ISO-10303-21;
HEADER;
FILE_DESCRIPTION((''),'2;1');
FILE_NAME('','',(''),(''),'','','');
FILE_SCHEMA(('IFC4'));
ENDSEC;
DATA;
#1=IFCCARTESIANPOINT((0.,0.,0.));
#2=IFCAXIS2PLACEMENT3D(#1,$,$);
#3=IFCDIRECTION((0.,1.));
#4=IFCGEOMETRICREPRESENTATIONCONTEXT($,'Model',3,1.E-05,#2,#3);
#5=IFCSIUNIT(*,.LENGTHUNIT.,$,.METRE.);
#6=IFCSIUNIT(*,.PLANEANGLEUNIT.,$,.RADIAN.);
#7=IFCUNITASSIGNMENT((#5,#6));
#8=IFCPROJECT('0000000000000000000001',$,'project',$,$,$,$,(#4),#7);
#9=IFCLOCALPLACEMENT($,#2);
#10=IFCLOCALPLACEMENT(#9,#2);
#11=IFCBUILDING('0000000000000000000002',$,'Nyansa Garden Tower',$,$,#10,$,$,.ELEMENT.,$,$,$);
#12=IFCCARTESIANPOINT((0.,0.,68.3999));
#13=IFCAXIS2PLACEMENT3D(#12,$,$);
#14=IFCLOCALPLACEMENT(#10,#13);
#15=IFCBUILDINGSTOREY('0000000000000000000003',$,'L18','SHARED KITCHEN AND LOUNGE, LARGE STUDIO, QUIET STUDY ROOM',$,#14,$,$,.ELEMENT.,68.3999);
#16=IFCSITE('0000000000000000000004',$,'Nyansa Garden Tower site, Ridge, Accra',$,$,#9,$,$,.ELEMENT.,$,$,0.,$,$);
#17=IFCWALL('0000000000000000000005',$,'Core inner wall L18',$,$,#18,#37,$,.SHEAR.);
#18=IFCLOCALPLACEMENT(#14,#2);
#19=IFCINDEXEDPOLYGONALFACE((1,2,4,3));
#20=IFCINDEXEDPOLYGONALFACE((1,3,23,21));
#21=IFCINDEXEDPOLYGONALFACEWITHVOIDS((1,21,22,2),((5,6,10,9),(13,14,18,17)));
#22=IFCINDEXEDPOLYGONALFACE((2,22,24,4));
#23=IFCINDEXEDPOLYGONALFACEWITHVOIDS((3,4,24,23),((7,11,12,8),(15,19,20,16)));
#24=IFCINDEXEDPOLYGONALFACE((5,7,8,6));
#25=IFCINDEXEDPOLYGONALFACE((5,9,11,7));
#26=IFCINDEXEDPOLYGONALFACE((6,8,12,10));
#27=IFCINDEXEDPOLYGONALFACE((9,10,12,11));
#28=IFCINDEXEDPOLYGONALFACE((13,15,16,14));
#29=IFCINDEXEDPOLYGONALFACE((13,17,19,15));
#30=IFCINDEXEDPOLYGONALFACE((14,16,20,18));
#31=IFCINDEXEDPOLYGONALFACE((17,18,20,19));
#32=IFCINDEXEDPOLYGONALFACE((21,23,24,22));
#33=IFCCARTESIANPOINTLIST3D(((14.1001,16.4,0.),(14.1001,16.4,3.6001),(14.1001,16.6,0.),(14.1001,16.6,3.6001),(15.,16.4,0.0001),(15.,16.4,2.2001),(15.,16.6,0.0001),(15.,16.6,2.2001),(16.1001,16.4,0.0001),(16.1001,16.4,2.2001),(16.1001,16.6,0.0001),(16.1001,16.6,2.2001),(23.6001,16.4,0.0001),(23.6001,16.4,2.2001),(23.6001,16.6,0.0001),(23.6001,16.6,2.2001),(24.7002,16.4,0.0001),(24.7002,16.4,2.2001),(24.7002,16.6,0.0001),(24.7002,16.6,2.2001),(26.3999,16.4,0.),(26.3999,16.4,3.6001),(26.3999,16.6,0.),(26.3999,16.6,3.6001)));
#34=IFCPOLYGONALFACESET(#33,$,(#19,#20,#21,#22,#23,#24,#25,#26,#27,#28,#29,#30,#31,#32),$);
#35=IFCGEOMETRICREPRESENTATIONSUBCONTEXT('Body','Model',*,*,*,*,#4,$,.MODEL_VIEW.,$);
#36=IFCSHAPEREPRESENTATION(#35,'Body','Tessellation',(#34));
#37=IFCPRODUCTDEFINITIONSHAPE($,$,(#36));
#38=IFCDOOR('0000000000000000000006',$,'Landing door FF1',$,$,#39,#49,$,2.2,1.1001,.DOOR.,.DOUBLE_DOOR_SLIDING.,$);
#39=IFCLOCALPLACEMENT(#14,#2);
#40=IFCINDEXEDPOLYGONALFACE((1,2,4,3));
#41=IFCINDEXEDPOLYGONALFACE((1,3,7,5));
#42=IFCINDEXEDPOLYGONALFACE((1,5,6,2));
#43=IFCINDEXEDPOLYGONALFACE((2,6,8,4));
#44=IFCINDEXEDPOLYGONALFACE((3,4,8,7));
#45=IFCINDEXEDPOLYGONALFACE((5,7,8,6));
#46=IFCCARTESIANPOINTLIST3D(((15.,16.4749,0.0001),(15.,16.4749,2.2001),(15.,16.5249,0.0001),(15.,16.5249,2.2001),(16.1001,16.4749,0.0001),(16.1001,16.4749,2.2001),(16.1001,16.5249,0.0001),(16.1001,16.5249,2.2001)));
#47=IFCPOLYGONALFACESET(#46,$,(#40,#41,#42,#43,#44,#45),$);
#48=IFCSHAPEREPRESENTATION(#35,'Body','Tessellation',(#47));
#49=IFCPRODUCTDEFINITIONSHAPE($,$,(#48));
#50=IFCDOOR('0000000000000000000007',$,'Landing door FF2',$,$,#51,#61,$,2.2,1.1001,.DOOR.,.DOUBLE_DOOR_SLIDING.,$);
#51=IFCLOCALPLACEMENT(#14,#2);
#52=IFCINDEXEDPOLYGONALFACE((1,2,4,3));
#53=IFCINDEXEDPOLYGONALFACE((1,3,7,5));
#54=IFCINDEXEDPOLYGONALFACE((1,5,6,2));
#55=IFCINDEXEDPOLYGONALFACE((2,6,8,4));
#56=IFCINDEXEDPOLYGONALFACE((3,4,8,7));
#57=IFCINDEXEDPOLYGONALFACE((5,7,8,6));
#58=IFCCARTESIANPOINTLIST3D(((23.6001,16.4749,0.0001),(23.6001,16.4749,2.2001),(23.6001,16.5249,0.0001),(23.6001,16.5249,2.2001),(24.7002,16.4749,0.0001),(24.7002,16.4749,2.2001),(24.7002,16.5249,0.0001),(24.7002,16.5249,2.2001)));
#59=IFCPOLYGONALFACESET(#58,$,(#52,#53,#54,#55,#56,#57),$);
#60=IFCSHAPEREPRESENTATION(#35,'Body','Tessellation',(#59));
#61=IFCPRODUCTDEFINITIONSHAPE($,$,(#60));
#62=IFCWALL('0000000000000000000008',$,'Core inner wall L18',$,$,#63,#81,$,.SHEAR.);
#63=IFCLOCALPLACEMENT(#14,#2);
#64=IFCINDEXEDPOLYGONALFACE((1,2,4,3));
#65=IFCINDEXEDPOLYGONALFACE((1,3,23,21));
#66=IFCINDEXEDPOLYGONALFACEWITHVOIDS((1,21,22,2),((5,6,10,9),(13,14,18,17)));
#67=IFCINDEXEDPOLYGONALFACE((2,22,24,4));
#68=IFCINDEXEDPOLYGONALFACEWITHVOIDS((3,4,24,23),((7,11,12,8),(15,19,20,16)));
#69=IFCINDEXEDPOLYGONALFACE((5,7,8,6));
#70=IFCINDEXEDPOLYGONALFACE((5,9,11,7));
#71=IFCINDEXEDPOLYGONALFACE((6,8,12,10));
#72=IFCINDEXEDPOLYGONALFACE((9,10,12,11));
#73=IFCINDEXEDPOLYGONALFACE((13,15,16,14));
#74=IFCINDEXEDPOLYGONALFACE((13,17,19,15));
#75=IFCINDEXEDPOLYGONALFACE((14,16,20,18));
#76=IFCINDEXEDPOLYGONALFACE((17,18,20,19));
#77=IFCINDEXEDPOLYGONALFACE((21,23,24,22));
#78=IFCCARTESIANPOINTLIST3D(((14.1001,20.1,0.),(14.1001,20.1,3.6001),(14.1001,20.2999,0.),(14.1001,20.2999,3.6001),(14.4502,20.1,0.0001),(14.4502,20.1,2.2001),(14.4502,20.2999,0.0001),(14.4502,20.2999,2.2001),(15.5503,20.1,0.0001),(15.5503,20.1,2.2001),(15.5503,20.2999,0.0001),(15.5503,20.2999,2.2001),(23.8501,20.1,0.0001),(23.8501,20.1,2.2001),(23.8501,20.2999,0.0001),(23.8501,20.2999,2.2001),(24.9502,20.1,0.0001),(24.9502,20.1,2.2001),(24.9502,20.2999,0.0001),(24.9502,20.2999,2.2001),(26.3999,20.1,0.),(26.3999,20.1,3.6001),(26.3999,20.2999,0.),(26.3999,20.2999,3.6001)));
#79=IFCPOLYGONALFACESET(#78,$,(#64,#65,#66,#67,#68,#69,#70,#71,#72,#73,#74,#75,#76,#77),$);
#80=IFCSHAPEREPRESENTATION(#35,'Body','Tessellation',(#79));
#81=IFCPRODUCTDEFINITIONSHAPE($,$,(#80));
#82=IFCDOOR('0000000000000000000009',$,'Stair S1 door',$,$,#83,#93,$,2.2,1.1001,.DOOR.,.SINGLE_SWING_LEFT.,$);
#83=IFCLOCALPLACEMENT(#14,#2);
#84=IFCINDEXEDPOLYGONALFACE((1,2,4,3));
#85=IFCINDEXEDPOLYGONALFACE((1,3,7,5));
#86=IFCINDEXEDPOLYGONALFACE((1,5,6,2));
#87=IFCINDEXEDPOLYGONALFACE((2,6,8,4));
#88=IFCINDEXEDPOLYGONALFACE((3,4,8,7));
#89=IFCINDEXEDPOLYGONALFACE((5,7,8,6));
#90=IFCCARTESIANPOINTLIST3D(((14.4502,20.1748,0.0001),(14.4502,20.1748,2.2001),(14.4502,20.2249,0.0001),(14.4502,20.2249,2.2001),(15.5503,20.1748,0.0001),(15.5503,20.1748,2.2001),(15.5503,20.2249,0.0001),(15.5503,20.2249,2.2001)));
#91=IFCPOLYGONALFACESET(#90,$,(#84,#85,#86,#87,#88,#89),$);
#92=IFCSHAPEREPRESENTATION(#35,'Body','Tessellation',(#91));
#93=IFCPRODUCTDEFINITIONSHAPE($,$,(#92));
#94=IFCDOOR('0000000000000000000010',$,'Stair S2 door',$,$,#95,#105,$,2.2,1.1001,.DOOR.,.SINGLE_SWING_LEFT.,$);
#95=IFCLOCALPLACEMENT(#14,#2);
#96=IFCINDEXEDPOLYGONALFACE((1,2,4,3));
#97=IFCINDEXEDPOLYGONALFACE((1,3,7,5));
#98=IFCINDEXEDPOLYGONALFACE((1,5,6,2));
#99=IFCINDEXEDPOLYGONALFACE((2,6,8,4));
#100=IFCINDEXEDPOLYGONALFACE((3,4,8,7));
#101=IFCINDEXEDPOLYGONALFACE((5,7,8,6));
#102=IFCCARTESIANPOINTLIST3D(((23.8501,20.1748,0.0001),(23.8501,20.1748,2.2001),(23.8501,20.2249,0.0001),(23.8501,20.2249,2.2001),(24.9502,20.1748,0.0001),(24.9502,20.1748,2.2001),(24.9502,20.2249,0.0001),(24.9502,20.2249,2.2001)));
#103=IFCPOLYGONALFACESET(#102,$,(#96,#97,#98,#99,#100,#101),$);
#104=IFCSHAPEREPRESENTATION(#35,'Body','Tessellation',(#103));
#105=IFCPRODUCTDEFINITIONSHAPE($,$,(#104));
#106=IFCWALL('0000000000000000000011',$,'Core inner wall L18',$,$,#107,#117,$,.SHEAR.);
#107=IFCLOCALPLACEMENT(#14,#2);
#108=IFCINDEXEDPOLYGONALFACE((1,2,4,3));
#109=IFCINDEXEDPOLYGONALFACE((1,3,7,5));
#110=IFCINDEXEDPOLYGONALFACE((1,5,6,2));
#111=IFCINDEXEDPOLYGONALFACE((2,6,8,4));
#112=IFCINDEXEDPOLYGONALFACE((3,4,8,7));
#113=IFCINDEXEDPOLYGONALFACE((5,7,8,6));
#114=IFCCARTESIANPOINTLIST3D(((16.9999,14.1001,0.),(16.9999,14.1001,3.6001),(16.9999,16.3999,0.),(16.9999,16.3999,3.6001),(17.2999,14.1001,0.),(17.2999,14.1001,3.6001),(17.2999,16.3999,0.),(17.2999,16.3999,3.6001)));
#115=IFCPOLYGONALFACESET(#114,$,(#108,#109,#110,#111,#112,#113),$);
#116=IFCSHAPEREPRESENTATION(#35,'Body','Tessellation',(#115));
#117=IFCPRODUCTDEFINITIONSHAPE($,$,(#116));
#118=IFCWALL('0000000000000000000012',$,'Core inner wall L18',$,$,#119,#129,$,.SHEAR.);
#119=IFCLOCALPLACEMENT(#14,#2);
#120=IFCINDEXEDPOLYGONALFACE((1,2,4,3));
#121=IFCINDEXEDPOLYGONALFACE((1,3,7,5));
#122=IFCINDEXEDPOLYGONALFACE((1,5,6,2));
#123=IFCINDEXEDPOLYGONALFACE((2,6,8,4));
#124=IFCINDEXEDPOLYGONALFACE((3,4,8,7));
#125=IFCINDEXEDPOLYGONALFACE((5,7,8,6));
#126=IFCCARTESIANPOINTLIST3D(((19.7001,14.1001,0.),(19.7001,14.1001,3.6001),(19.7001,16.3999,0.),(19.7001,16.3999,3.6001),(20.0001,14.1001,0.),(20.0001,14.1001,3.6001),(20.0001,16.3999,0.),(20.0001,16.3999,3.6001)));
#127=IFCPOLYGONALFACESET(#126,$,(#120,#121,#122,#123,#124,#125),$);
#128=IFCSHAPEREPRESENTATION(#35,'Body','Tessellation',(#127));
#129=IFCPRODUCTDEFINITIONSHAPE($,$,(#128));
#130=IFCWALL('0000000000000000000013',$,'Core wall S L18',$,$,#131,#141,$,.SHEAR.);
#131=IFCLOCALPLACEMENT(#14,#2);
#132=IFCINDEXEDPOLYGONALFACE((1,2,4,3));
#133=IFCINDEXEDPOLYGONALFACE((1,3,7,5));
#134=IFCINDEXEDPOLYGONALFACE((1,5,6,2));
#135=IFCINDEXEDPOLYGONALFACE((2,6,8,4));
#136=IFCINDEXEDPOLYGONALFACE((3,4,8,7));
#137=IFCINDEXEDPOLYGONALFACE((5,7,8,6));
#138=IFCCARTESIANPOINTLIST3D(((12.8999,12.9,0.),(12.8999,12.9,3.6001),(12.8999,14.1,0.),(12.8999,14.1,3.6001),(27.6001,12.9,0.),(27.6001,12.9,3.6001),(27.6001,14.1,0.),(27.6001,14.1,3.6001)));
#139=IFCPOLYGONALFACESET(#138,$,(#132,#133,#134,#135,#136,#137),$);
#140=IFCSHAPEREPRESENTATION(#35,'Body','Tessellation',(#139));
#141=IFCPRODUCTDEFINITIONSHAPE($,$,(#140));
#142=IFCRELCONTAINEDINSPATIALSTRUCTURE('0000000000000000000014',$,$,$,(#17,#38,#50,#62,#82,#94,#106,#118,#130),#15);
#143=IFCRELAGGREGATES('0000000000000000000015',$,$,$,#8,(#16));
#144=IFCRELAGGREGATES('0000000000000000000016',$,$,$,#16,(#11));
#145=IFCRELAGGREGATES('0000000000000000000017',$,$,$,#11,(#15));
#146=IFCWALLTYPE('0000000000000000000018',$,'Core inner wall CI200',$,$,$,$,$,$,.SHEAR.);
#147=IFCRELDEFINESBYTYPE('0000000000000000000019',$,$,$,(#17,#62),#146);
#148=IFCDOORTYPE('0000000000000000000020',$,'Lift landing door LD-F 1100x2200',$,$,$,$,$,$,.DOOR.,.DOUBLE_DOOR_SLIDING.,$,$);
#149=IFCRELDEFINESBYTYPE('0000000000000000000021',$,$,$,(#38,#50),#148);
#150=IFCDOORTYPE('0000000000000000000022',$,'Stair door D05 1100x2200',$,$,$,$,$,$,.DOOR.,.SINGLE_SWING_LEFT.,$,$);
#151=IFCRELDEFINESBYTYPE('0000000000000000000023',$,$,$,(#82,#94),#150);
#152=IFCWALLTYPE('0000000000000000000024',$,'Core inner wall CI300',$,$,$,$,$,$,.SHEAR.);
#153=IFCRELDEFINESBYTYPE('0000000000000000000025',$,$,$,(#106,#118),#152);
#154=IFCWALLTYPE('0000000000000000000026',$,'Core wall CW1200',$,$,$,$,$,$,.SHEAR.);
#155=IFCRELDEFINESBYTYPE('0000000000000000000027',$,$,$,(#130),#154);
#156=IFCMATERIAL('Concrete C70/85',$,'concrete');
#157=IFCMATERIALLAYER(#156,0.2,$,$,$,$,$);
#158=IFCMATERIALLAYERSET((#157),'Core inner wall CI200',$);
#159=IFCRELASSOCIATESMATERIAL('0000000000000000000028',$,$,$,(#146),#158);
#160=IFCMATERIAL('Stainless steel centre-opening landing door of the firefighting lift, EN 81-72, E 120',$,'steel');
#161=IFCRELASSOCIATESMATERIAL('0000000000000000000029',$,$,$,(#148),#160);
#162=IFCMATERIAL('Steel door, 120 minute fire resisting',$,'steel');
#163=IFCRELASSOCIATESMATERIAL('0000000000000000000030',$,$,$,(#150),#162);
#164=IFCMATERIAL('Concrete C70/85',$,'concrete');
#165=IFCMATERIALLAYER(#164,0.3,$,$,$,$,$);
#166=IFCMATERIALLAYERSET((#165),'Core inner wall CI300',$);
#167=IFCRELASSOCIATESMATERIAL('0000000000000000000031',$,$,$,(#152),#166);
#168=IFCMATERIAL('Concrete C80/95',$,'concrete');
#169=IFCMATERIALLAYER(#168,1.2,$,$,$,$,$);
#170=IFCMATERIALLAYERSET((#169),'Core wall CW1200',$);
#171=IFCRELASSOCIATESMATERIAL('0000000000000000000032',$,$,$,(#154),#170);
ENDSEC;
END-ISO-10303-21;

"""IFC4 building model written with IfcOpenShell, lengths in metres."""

from ifc_helpers import new_model, si_unit, direction, frame, frame_2d, origin, place, context, subcontext, project, spatial, rectangle, extrude, material, layer, layer_set, type_object, element, fill, save


model = new_model("IFC4")

# Units and contexts
model_context = context("Model", 3, precision=1e-05, world=origin(), true_north=direction((0.0, 1.0)))
body_context = subcontext(model_context, "Body", "Model", "MODEL_VIEW")
ifc_project = project(units=[si_unit("LENGTHUNIT", "METRE"), si_unit("PLANEANGLEUNIT", "RADIAN")], contexts=[model_context])

# Site, building, storey
site_placement = place(None, origin())
site = spatial("IfcSite", under=ifc_project, at=site_placement, Name="Nyansa Garden Tower site, Ridge, Accra", CompositionType="ELEMENT", RefElevation=0.0)
building_placement = place(site_placement, origin())
building = spatial("IfcBuilding", under=site, at=building_placement, Name="Nyansa Garden Tower", CompositionType="ELEMENT")
storey_placement = place(building_placement, frame((0.0, 0.0, 68.3999)))
storey = spatial("IfcBuildingStorey", under=building, at=storey_placement, Name="L18", Description="SHARED KITCHEN AND LOUNGE, LARGE STUDIO, QUIET STUDY ROOM", CompositionType="ELEMENT", Elevation=68.3999)

# Walls, openings, doors
ifc_material_1 = material(Name="Concrete C70/85", Category="concrete")
ifc_layer_1 = layer(ifc_material_1, 0.2)
ifc_layer_set_1 = layer_set([ifc_layer_1], Name="Core inner wall CI200")
wall_type_1 = type_object("IfcWallType", Name="Core inner wall CI200", PredefinedType="SHEAR", material=ifc_layer_set_1)
wall_1_placement = place(storey_placement, frame((14.1001, 16.5, 0.0), z_axis=(0.0, 0.0, 1.0), x_axis=(1.0, 0.0, 0.0)))
wall_1 = element("IfcWall", 1, at=wall_1_placement, inside=storey, type_object=wall_type_1, Name="Core inner wall L18", PredefinedType="SHEAR", context=body_context, shape_type="SweptSolid", body=[
    extrude(rectangle(XDim=12.2998, YDim=0.2, at=frame_2d((6.1499, 0.0))), origin(), (0.0, 0.0, 1.0), 3.6001),
])
opening_1_placement = place(wall_1_placement, frame((0.8999, 0.0, 0.0)))
opening_1 = element("IfcOpeningElement", 2, at=opening_1_placement, cuts=wall_1, PredefinedType="OPENING", context=body_context, shape_type="SweptSolid", body=[
    extrude(rectangle(XDim=1.1001, YDim=2.2, at=frame_2d((0.55, 1.1001))), frame((0.0, 0.1099, 0.0), z_axis=(0.0, -1.0, 0.0), x_axis=(1.0, 0.0, 0.0)), (0.0, 0.0, 1.0), 0.22),
])
opening_2_placement = place(wall_1_placement, frame((9.5, 0.0, 0.0)))
opening_2 = element("IfcOpeningElement", 3, at=opening_2_placement, cuts=wall_1, PredefinedType="OPENING", context=body_context, shape_type="SweptSolid", body=[
    extrude(rectangle(XDim=1.1001, YDim=2.2, at=frame_2d((0.55, 1.1001))), frame((0.0, 0.1099, 0.0), z_axis=(0.0, -1.0, 0.0), x_axis=(1.0, 0.0, 0.0)), (0.0, 0.0, 1.0), 0.22),
])
ifc_material_2 = material(Name="Stainless steel centre-opening landing door of the firefighting lift, EN 81-72, E 120", Category="steel")
door_type_1 = type_object("IfcDoorType", Name="Lift landing door LD-F 1100x2200", OperationType="DOUBLE_DOOR_SLIDING", PredefinedType="DOOR", material=ifc_material_2)
door_1_placement = place(opening_1_placement, origin())
door_1 = element("IfcDoor", 4, at=door_1_placement, inside=storey, type_object=door_type_1, Name="Landing door FF1", OperationType="DOUBLE_DOOR_SLIDING", OverallHeight=2.2, OverallWidth=1.1001, PredefinedType="DOOR", context=body_context, shape_type="SweptSolid", body=[
    extrude(rectangle(XDim=1.1001, YDim=2.2, at=frame_2d((0.55, 1.1001))), frame((0.0, 0.0249, 0.0), z_axis=(0.0, -1.0, 0.0), x_axis=(1.0, 0.0, 0.0)), (0.0, 0.0, 1.0), 0.05),
])
fill(opening_1, door_1)
door_2_placement = place(opening_2_placement, origin())
door_2 = element("IfcDoor", 5, at=door_2_placement, inside=storey, type_object=door_type_1, Name="Landing door FF2", OperationType="DOUBLE_DOOR_SLIDING", OverallHeight=2.2, OverallWidth=1.1001, PredefinedType="DOOR", context=body_context, shape_type="SweptSolid", body=[
    extrude(rectangle(XDim=1.1001, YDim=2.2, at=frame_2d((0.55, 1.1001))), frame((0.0, 0.0249, 0.0), z_axis=(0.0, -1.0, 0.0), x_axis=(1.0, 0.0, 0.0)), (0.0, 0.0, 1.0), 0.05),
])
fill(opening_2, door_2)
wall_2_placement = place(storey_placement, frame((14.1001, 20.2, 0.0), z_axis=(0.0, 0.0, 1.0), x_axis=(1.0, 0.0, 0.0)))
wall_2 = element("IfcWall", 6, at=wall_2_placement, inside=storey, type_object=wall_type_1, Name="Core inner wall L18", PredefinedType="SHEAR", context=body_context, shape_type="SweptSolid", body=[
    extrude(rectangle(XDim=12.2998, YDim=0.2, at=frame_2d((6.1499, 0.0))), origin(), (0.0, 0.0, 1.0), 3.6001),
])
opening_3_placement = place(wall_2_placement, frame((0.3501, 0.0, 0.0)))
opening_3 = element("IfcOpeningElement", 7, at=opening_3_placement, cuts=wall_2, PredefinedType="OPENING", context=body_context, shape_type="SweptSolid", body=[
    extrude(rectangle(XDim=1.1001, YDim=2.2, at=frame_2d((0.55, 1.1001))), frame((0.0, 0.1099, 0.0), z_axis=(0.0, -1.0, 0.0), x_axis=(1.0, 0.0, 0.0)), (0.0, 0.0, 1.0), 0.22),
])
opening_4_placement = place(wall_2_placement, frame((9.75, 0.0, 0.0)))
opening_4 = element("IfcOpeningElement", 8, at=opening_4_placement, cuts=wall_2, PredefinedType="OPENING", context=body_context, shape_type="SweptSolid", body=[
    extrude(rectangle(XDim=1.1001, YDim=2.2, at=frame_2d((0.55, 1.1001))), frame((0.0, 0.1099, 0.0), z_axis=(0.0, -1.0, 0.0), x_axis=(1.0, 0.0, 0.0)), (0.0, 0.0, 1.0), 0.22),
])
ifc_material_3 = material(Name="Steel door, 120 minute fire resisting", Category="steel")
door_type_2 = type_object("IfcDoorType", Name="Stair door D05 1100x2200", OperationType="SINGLE_SWING_LEFT", PredefinedType="DOOR", material=ifc_material_3)
door_3_placement = place(opening_3_placement, origin())
door_3 = element("IfcDoor", 9, at=door_3_placement, inside=storey, type_object=door_type_2, Name="Stair S1 door", OperationType="SINGLE_SWING_LEFT", OverallHeight=2.2, OverallWidth=1.1001, PredefinedType="DOOR", context=body_context, shape_type="SweptSolid", body=[
    extrude(rectangle(XDim=1.1001, YDim=2.2, at=frame_2d((0.55, 1.1001))), frame((0.0, 0.0249, 0.0), z_axis=(0.0, -1.0, 0.0), x_axis=(1.0, 0.0, 0.0)), (0.0, 0.0, 1.0), 0.05),
])
fill(opening_3, door_3)
door_4_placement = place(opening_4_placement, origin())
door_4 = element("IfcDoor", 10, at=door_4_placement, inside=storey, type_object=door_type_2, Name="Stair S2 door", OperationType="SINGLE_SWING_LEFT", OverallHeight=2.2, OverallWidth=1.1001, PredefinedType="DOOR", context=body_context, shape_type="SweptSolid", body=[
    extrude(rectangle(XDim=1.1001, YDim=2.2, at=frame_2d((0.55, 1.1001))), frame((0.0, 0.0249, 0.0), z_axis=(0.0, -1.0, 0.0), x_axis=(1.0, 0.0, 0.0)), (0.0, 0.0, 1.0), 0.05),
])
fill(opening_4, door_4)

# Walls
ifc_material_4 = material(Name="Concrete C70/85", Category="concrete")
ifc_layer_2 = layer(ifc_material_4, 0.3)
ifc_layer_set_2 = layer_set([ifc_layer_2], Name="Core inner wall CI300")
wall_type_2 = type_object("IfcWallType", Name="Core inner wall CI300", PredefinedType="SHEAR", material=ifc_layer_set_2)
for number, where, z_axis, x_axis, name in (
    (11, (17.1499, 14.1001, 0.0), (0.0, 0.0, 1.0), (0.0, 1.0, 0.0), "Core inner wall L18"),
    (12, (19.8501, 14.1001, 0.0), (0.0, 0.0, 1.0), (0.0, 1.0, 0.0), "Core inner wall L18"),
):
    element("IfcWall", number, at=place(storey_placement, frame(where, z_axis=z_axis, x_axis=x_axis)), inside=storey, type_object=wall_type_2, Name=name, PredefinedType="SHEAR", context=body_context, shape_type="SweptSolid", body=[
        extrude(rectangle(XDim=2.2998, YDim=0.3, at=frame_2d((1.1499, 0.0))), origin(), (0.0, 0.0, 1.0), 3.6001),
    ])
ifc_material_5 = material(Name="Concrete C80/95", Category="concrete")
ifc_layer_3 = layer(ifc_material_5, 1.2)
ifc_layer_set_3 = layer_set([ifc_layer_3], Name="Core wall CW1200")
wall_type_3 = type_object("IfcWallType", Name="Core wall CW1200", PredefinedType="SHEAR", material=ifc_layer_set_3)
wall_3_placement = place(storey_placement, frame((12.8999, 13.5, 0.0), z_axis=(0.0, 0.0, 1.0), x_axis=(1.0, 0.0, 0.0)))
element("IfcWall", 13, at=wall_3_placement, inside=storey, type_object=wall_type_3, Name="Core wall S L18", PredefinedType="SHEAR", context=body_context, shape_type="SweptSolid", body=[
    extrude(rectangle(XDim=14.7002, YDim=1.2, at=frame_2d((7.3501, 0.0))), origin(), (0.0, 0.0, 1.0), 3.6001),
])

save(model, "model.ifc")
